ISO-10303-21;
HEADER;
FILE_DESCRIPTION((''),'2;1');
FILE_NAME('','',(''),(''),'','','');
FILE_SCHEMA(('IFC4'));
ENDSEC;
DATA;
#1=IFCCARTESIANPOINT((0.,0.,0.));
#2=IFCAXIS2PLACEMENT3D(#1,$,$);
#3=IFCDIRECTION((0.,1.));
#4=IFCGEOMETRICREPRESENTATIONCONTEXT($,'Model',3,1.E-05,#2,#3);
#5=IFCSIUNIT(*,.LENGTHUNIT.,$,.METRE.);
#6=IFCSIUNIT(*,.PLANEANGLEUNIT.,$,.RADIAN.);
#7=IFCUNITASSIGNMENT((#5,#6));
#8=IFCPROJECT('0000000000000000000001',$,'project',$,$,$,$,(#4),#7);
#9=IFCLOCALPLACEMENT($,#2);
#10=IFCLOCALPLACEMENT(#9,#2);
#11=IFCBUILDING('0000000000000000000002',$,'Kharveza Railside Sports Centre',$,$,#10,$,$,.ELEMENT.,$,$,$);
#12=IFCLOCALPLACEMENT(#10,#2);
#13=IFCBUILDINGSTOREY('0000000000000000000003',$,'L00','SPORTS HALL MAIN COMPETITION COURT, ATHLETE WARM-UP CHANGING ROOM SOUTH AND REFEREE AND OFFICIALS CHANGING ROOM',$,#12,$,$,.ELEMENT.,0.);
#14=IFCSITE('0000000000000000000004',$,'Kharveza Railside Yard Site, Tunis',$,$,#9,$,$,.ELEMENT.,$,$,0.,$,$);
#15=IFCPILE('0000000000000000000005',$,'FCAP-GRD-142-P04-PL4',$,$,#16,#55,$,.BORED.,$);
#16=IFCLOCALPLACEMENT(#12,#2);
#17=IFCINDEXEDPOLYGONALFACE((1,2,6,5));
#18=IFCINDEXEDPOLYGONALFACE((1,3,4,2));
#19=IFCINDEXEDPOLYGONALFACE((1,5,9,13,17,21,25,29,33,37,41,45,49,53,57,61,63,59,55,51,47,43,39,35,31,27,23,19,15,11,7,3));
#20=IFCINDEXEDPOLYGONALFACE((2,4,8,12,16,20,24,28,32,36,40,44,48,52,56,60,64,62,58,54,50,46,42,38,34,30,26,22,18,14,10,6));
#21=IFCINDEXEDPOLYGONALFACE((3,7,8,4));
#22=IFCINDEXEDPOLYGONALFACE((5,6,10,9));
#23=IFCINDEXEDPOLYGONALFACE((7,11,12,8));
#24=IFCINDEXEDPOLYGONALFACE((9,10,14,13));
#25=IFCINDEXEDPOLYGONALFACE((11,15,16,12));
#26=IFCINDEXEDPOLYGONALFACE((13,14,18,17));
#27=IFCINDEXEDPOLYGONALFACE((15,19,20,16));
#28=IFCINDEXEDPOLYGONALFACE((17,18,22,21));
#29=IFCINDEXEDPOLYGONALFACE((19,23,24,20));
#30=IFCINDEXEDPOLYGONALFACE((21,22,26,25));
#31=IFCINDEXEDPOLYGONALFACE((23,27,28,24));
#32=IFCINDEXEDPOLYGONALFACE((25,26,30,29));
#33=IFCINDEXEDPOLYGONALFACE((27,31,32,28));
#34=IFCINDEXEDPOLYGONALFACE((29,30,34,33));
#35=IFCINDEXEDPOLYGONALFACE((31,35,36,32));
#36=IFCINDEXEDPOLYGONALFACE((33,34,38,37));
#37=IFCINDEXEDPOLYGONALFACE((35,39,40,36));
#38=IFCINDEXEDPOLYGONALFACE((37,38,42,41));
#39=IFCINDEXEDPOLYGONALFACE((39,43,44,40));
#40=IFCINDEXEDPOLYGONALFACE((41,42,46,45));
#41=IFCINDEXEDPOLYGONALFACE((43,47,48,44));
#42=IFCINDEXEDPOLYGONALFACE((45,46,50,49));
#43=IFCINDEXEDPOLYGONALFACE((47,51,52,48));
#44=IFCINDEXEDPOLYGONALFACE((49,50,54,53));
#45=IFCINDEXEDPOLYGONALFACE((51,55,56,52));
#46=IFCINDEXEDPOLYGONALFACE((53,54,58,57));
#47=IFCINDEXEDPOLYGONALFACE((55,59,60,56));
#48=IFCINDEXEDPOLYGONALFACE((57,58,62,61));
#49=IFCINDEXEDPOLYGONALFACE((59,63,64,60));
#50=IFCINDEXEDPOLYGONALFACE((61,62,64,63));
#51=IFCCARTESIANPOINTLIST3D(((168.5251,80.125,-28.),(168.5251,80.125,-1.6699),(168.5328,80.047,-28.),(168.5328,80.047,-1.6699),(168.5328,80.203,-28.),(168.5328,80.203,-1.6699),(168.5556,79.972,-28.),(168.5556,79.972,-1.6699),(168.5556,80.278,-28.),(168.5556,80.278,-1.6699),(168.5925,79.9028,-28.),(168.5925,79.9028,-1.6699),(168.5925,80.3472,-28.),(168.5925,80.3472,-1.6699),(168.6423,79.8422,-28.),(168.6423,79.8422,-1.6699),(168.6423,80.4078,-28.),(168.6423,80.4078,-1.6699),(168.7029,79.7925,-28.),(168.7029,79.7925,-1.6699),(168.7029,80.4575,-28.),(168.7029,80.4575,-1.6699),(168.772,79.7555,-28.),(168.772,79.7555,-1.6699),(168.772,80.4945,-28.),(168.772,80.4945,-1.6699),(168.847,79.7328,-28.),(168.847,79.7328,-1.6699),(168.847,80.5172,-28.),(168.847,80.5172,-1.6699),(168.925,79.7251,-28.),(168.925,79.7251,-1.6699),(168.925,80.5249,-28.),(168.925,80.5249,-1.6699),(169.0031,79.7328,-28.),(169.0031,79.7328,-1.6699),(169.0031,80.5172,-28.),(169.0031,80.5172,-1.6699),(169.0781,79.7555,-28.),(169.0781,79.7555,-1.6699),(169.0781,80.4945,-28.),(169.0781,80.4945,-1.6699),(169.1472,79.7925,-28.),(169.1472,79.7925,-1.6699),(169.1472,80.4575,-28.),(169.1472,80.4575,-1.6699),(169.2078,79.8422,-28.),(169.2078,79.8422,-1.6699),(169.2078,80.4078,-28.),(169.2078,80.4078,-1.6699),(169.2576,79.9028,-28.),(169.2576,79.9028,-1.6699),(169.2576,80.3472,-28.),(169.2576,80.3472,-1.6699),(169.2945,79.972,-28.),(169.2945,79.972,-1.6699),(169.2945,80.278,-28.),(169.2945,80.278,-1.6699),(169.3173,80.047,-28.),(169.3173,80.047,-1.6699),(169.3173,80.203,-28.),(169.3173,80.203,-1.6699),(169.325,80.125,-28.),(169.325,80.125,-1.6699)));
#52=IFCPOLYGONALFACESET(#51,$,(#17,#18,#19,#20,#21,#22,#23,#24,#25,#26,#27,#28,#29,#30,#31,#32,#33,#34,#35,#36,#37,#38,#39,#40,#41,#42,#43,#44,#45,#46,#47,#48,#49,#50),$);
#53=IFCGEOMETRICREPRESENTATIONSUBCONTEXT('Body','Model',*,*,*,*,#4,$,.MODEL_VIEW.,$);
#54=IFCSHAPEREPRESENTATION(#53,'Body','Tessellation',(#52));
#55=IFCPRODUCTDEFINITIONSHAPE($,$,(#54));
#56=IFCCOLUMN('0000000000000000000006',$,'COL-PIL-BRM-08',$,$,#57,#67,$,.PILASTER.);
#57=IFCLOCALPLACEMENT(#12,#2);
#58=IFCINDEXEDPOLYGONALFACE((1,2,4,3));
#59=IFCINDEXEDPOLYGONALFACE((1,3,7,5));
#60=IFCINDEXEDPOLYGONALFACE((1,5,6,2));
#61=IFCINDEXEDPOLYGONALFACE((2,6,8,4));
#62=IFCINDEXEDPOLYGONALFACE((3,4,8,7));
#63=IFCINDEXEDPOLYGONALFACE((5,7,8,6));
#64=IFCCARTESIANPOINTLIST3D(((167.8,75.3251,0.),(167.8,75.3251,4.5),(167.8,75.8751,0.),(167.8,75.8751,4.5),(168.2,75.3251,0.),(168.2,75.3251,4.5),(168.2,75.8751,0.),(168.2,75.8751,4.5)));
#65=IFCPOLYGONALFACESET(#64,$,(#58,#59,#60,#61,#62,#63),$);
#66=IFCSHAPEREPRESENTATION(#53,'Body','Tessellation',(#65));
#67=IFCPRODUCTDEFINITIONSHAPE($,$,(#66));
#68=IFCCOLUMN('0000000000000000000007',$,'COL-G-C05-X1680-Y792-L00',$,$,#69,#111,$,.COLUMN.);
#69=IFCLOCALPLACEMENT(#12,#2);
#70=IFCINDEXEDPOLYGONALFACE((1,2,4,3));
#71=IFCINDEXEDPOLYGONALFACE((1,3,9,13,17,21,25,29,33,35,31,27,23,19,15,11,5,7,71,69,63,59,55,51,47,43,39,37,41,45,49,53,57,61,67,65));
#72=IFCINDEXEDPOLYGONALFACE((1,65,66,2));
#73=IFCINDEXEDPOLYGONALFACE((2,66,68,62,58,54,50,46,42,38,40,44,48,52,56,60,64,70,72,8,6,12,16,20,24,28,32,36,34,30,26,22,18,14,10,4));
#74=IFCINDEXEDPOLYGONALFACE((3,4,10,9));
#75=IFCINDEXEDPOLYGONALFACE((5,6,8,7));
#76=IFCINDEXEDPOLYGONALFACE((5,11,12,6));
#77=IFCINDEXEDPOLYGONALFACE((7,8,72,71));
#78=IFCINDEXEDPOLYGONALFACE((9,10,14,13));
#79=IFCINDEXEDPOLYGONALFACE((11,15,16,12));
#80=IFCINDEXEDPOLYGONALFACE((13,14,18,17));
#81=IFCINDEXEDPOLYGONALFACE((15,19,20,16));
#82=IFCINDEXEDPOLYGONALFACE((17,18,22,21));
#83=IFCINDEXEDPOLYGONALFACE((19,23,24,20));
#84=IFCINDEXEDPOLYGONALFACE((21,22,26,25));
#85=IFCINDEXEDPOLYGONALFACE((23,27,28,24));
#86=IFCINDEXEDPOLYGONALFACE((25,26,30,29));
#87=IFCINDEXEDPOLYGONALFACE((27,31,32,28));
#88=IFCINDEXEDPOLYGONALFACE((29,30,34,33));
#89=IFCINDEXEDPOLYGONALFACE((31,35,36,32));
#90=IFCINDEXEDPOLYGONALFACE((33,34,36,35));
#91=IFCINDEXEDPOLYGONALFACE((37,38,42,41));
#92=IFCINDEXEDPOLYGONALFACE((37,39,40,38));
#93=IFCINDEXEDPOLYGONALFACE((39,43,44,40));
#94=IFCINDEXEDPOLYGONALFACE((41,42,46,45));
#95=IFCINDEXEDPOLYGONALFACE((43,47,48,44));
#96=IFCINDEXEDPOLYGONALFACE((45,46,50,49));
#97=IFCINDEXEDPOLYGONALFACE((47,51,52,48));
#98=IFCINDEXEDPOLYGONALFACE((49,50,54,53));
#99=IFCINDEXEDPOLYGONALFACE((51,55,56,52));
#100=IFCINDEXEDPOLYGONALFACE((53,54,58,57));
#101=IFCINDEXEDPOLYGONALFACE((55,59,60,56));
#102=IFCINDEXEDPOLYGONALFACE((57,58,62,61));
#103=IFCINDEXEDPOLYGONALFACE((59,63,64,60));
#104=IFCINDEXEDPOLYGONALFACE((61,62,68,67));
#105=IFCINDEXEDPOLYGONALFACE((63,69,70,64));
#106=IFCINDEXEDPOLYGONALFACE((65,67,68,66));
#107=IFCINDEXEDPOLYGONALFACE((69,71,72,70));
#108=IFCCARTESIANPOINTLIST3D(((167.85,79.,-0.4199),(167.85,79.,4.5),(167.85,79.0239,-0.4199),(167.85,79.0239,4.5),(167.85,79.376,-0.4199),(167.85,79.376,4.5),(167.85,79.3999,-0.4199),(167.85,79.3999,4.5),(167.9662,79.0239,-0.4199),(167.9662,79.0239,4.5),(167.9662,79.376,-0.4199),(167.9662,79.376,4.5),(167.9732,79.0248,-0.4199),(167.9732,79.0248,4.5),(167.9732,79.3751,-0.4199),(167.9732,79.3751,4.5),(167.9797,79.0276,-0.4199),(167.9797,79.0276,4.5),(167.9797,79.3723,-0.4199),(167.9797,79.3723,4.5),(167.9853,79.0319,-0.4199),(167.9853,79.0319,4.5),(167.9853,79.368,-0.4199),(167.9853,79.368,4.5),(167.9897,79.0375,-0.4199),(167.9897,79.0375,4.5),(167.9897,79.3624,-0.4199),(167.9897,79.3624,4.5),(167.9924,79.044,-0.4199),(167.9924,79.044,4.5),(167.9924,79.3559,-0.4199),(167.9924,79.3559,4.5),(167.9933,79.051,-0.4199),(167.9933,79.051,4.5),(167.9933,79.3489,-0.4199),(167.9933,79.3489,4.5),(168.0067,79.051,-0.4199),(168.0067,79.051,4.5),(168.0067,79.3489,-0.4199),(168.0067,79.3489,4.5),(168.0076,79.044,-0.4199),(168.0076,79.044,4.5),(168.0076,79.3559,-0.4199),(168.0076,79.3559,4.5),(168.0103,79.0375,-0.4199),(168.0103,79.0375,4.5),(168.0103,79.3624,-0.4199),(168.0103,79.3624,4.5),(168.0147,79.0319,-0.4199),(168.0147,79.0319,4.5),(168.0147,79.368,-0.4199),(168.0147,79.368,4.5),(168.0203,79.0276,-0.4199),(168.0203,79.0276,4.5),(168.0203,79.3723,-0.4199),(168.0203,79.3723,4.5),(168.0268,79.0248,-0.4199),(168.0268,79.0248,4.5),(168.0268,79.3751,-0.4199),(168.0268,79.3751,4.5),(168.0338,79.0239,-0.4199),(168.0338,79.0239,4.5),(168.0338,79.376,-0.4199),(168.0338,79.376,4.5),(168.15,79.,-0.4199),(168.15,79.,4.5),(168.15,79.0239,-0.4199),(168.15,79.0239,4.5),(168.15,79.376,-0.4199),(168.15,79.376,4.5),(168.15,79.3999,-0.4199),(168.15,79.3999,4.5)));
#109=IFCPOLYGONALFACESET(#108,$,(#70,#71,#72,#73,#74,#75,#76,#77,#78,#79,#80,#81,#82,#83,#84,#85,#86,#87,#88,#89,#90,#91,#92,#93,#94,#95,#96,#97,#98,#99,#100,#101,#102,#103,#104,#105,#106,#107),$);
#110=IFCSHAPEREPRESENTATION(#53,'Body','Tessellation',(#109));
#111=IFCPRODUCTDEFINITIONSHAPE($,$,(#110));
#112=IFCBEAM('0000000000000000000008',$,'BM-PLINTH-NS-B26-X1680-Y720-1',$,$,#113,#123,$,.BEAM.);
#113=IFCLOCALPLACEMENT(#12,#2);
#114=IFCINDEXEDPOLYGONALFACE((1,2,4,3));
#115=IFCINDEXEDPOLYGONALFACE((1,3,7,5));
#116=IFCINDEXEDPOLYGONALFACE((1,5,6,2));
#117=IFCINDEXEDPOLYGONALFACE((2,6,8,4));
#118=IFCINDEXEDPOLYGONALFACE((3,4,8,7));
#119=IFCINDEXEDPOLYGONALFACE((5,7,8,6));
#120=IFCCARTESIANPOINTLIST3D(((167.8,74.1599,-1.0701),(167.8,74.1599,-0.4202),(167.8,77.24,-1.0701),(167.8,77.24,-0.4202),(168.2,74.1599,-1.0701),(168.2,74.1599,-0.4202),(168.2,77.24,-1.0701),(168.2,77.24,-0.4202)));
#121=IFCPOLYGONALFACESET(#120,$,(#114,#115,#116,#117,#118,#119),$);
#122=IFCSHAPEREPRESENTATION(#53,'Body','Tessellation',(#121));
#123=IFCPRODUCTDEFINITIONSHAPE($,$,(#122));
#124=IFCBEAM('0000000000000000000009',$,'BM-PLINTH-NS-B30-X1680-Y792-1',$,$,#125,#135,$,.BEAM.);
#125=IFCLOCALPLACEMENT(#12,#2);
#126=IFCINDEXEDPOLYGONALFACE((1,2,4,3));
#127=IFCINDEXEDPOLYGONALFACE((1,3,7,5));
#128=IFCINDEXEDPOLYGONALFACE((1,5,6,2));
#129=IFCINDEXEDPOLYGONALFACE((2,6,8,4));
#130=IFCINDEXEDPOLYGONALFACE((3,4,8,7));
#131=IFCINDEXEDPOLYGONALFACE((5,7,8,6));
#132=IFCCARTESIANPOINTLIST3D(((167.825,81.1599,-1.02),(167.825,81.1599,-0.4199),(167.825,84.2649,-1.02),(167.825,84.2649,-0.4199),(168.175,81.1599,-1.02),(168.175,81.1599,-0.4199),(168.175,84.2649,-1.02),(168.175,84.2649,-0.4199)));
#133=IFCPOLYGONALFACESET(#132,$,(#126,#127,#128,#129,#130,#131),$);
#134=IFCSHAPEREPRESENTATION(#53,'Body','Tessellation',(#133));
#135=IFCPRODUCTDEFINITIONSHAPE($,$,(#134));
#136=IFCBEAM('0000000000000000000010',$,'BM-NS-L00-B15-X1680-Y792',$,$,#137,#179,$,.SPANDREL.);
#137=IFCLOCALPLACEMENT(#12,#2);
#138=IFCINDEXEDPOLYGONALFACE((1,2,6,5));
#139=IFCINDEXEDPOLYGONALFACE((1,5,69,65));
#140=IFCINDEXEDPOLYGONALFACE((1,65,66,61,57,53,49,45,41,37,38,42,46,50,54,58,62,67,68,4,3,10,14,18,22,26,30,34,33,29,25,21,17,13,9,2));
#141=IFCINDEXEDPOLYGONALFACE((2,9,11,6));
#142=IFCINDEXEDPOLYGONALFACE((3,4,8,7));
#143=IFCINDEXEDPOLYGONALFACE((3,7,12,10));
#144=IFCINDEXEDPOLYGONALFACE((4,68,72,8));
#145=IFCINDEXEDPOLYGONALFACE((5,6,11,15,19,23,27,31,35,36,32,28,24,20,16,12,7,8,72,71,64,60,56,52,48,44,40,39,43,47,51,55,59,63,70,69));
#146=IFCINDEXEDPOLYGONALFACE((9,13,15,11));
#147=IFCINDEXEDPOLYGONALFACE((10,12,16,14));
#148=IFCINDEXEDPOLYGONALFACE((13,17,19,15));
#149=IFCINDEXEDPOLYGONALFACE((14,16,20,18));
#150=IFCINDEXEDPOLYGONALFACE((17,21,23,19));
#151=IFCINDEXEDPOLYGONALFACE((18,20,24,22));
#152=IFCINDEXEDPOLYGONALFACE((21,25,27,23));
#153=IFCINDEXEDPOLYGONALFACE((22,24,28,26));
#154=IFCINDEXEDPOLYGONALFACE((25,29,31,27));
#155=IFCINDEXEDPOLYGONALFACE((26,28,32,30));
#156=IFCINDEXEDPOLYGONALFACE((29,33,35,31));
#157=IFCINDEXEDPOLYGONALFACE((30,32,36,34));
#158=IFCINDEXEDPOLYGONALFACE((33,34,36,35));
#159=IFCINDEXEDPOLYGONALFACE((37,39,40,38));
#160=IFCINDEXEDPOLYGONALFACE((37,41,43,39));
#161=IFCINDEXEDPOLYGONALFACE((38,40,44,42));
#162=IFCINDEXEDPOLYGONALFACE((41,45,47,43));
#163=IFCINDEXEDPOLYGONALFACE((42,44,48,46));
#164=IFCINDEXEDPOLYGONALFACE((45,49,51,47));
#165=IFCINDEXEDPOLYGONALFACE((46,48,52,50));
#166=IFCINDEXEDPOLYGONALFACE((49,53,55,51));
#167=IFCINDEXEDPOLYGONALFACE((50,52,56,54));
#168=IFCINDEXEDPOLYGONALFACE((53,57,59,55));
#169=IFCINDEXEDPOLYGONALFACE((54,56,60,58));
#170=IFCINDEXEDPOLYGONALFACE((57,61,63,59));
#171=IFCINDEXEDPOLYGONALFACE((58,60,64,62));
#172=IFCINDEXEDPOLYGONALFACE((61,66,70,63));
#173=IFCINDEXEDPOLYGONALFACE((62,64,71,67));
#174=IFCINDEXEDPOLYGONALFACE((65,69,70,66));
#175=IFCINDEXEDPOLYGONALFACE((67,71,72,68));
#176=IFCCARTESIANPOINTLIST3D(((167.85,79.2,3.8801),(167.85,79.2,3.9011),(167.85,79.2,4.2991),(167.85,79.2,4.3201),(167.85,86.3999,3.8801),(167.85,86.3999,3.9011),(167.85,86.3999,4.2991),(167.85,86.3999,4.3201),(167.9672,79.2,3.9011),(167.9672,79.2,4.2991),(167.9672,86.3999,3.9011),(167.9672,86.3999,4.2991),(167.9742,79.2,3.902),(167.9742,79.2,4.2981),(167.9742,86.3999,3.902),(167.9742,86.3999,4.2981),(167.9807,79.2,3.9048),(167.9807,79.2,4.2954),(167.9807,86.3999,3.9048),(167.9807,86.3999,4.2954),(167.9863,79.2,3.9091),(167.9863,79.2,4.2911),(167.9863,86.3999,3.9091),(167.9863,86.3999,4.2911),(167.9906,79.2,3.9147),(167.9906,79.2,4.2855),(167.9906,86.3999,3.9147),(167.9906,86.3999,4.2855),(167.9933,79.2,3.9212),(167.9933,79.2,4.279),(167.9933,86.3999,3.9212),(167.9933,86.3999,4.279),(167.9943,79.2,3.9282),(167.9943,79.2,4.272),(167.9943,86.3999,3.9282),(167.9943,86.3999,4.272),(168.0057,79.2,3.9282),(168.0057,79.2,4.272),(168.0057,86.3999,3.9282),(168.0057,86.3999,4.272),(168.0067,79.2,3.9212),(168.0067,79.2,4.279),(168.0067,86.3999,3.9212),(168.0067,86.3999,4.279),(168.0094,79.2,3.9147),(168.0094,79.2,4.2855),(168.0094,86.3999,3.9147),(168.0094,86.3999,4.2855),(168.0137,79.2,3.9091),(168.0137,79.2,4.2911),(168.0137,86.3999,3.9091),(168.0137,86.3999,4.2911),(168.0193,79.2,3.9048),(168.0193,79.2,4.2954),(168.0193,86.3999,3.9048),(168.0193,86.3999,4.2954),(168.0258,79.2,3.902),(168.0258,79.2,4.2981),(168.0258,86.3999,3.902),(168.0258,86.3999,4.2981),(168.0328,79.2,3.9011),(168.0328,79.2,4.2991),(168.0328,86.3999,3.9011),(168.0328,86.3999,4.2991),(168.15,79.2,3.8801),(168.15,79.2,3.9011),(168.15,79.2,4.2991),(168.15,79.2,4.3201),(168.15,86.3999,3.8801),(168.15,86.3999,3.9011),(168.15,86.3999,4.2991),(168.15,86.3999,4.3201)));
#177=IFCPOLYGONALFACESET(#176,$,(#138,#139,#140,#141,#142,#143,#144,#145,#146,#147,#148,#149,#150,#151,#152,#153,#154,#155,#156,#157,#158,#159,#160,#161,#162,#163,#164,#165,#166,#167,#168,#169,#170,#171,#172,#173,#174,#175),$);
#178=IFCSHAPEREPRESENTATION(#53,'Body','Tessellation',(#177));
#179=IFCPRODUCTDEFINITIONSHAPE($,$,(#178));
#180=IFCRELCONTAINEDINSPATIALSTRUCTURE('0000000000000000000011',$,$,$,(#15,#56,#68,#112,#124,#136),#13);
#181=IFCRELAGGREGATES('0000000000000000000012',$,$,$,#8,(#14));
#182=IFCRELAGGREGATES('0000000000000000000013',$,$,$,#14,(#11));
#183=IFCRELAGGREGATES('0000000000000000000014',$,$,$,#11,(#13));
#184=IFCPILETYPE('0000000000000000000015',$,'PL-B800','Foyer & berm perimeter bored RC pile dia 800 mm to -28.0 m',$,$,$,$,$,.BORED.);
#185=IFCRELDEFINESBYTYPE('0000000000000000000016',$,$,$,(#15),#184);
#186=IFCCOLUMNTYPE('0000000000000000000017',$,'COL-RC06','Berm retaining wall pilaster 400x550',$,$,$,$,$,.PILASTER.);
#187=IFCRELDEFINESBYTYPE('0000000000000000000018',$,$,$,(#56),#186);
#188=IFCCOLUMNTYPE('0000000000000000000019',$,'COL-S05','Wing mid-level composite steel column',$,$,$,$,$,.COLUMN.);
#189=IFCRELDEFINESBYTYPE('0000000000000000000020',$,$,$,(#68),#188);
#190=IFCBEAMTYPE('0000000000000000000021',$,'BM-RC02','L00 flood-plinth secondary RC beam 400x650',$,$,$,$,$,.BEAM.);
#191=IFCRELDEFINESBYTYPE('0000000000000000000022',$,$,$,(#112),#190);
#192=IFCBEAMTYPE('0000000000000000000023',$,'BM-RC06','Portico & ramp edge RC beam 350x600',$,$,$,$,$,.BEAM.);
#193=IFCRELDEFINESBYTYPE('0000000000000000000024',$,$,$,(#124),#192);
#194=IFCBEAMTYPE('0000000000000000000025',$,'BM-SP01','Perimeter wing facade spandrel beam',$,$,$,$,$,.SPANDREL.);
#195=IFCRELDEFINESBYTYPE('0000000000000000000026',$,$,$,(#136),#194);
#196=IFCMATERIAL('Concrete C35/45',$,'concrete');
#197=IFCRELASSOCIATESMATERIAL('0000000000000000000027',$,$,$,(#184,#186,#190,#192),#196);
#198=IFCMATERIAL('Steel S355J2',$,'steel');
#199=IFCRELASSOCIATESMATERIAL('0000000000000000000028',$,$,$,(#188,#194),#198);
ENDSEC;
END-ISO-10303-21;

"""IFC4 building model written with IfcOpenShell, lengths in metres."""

from ifc_helpers import new_model, si_unit, direction, frame, origin, origin_2d, place, context, subcontext, project, spatial, rectangle, circle, i_section, extrude, material, material_profile, profile_set, type_object, element, save


model = new_model("IFC4")

# Units and contexts
model_context = context("Model", 3, precision=1e-05, world=origin(), true_north=direction((0.0, 1.0)))
body_context = subcontext(model_context, "Body", "Model", "MODEL_VIEW")
ifc_project = project(units=[si_unit("LENGTHUNIT", "METRE"), si_unit("PLANEANGLEUNIT", "RADIAN")], contexts=[model_context])

# Site, building, storey
site_placement = place(None, origin())
site = spatial("IfcSite", under=ifc_project, at=site_placement, Name="Kharveza Railside Yard Site, Tunis", CompositionType="ELEMENT", RefElevation=0.0)
building_placement = place(site_placement, origin())
building = spatial("IfcBuilding", under=site, at=building_placement, Name="Kharveza Railside Sports Centre", CompositionType="ELEMENT")
storey_placement = place(building_placement, origin())
storey = spatial("IfcBuildingStorey", under=building, at=storey_placement, Name="L00", Description="SPORTS HALL MAIN COMPETITION COURT, ATHLETE WARM-UP CHANGING ROOM SOUTH AND REFEREE AND OFFICIALS CHANGING ROOM", CompositionType="ELEMENT", Elevation=0.0)

# Shared definitions
ifc_material_1 = material(Name="Concrete C35/45", Category="concrete")

# Pile
ifc_material_profile_1 = material_profile(ifc_material_1, circle(Radius=0.3999, at=origin_2d()), Name="PILE D800")
ifc_profile_set_1 = profile_set([ifc_material_profile_1], Name="Concrete C35/45")
pile_type_1 = type_object("IfcPileType", Name="PL-B800", Description="Foyer & berm perimeter bored RC pile dia 800 mm to -28.0 m", PredefinedType="BORED", material=ifc_profile_set_1)
for number, where, z_axis, x_axis, name in (
    (1, (168.925, 80.125, -1.6699), (0.0, 0.0, -1.0), (1.0, 0.0, 0.0), "FCAP-GRD-142-P04-PL4"),
):
    element("IfcPile", number, at=place(storey_placement, frame(where, z_axis=z_axis, x_axis=x_axis)), inside=storey, type_object=pile_type_1, Name=name, PredefinedType="BORED", context=body_context, shape_type="SweptSolid", body=[
        extrude(circle(Radius=0.3999, at=origin_2d()), origin(), (0.0, 0.0, 1.0), 26.3301),
    ])

# Columns
ifc_material_profile_2 = material_profile(ifc_material_1, rectangle(XDim=0.3999, YDim=0.55, at=origin_2d()), Name="RC 400x550")
ifc_profile_set_2 = profile_set([ifc_material_profile_2], Name="Concrete C35/45")
column_type_1 = type_object("IfcColumnType", Name="COL-RC06", Description="Berm retaining wall pilaster 400x550", PredefinedType="PILASTER", material=ifc_profile_set_2)
column_1_placement = place(storey_placement, frame((168.0, 75.6001, 0.0), z_axis=(0.0, 0.0, 1.0), x_axis=(1.0, 0.0, 0.0)))
element("IfcColumn", 2, at=column_1_placement, inside=storey, type_object=column_type_1, Name="COL-PIL-BRM-08", PredefinedType="PILASTER", context=body_context, shape_type="SweptSolid", body=[
    extrude(rectangle(XDim=0.3999, YDim=0.55, at=origin_2d()), origin(), (0.0, 0.0, 1.0), 4.5),
])
ifc_material_2 = material(Name="Steel S355J2", Category="steel")
ifc_material_profile_3 = material_profile(ifc_material_2, i_section(OverallWidth=0.3, OverallDepth=0.3999, WebThickness=0.0134, FlangeThickness=0.0239, FilletRadius=0.0271, at=origin_2d()), Name="HEB 400")
ifc_profile_set_3 = profile_set([ifc_material_profile_3], Name="Steel S355J2")
column_type_2 = type_object("IfcColumnType", Name="COL-S05", Description="Wing mid-level composite steel column", PredefinedType="COLUMN", material=ifc_profile_set_3)
column_2_placement = place(storey_placement, frame((168.0, 79.2, -0.4199), z_axis=(0.0, 0.0, 1.0), x_axis=(1.0, 0.0, 0.0)))
element("IfcColumn", 3, at=column_2_placement, inside=storey, type_object=column_type_2, Name="COL-G-C05-X1680-Y792-L00", PredefinedType="COLUMN", context=body_context, shape_type="SweptSolid", body=[
    extrude(i_section(OverallWidth=0.3, OverallDepth=0.3999, WebThickness=0.0134, FlangeThickness=0.0239, FilletRadius=0.0271, at=origin_2d()), origin(), (0.0, 0.0, 1.0), 4.9199),
])

# Beams
ifc_material_profile_4 = material_profile(ifc_material_1, rectangle(XDim=0.3999, YDim=0.6499, at=origin_2d()), Name="RCB 400x650")
ifc_profile_set_4 = profile_set([ifc_material_profile_4], Name="Concrete C35/45")
beam_type_1 = type_object("IfcBeamType", Name="BM-RC02", Description="L00 flood-plinth secondary RC beam 400x650", PredefinedType="BEAM", material=ifc_profile_set_4)
beam_1_placement = place(storey_placement, frame((168.0, 74.1599, -0.7451), z_axis=(0.0, 1.0, 0.0), x_axis=(-1.0, 0.0, 0.0)))
element("IfcBeam", 4, at=beam_1_placement, inside=storey, type_object=beam_type_1, Name="BM-PLINTH-NS-B26-X1680-Y720-1", PredefinedType="BEAM", context=body_context, shape_type="SweptSolid", body=[
    extrude(rectangle(XDim=0.3999, YDim=0.6499, at=origin_2d()), origin(), (0.0, 0.0, 1.0), 3.0801),
])
ifc_material_profile_5 = material_profile(ifc_material_1, rectangle(XDim=0.3501, YDim=0.6001, at=origin_2d()), Name="RCB 350x600")
ifc_profile_set_5 = profile_set([ifc_material_profile_5], Name="Concrete C35/45")
beam_type_2 = type_object("IfcBeamType", Name="BM-RC06", Description="Portico & ramp edge RC beam 350x600", PredefinedType="BEAM", material=ifc_profile_set_5)
beam_2_placement = place(storey_placement, frame((168.0, 81.1599, -0.72), z_axis=(0.0, 1.0, 0.0), x_axis=(-1.0, 0.0, 0.0)))
element("IfcBeam", 5, at=beam_2_placement, inside=storey, type_object=beam_type_2, Name="BM-PLINTH-NS-B30-X1680-Y792-1", PredefinedType="BEAM", context=body_context, shape_type="SweptSolid", body=[
    extrude(rectangle(XDim=0.3501, YDim=0.6001, at=origin_2d()), origin(), (0.0, 0.0, 1.0), 3.105),
])
ifc_material_profile_6 = material_profile(ifc_material_2, i_section(OverallWidth=0.3, OverallDepth=0.4399, WebThickness=0.0115, FlangeThickness=0.021, FilletRadius=0.0271, at=origin_2d()), Name="HEA 450")
ifc_profile_set_6 = profile_set([ifc_material_profile_6], Name="Steel S355J2")
beam_type_3 = type_object("IfcBeamType", Name="BM-SP01", Description="Perimeter wing facade spandrel beam", PredefinedType="SPANDREL", material=ifc_profile_set_6)
beam_3_placement = place(storey_placement, frame((168.0, 79.2, 4.1001), z_axis=(0.0, 1.0, 0.0), x_axis=(-1.0, 0.0, 0.0)))
element("IfcBeam", 6, at=beam_3_placement, inside=storey, type_object=beam_type_3, Name="BM-NS-L00-B15-X1680-Y792", PredefinedType="SPANDREL", context=body_context, shape_type="SweptSolid", body=[
    extrude(i_section(OverallWidth=0.3, OverallDepth=0.4399, WebThickness=0.0115, FlangeThickness=0.021, FilletRadius=0.0271, at=origin_2d()), origin(), (0.0, 0.0, 1.0), 7.2),
])

save(model, "model.ifc")
